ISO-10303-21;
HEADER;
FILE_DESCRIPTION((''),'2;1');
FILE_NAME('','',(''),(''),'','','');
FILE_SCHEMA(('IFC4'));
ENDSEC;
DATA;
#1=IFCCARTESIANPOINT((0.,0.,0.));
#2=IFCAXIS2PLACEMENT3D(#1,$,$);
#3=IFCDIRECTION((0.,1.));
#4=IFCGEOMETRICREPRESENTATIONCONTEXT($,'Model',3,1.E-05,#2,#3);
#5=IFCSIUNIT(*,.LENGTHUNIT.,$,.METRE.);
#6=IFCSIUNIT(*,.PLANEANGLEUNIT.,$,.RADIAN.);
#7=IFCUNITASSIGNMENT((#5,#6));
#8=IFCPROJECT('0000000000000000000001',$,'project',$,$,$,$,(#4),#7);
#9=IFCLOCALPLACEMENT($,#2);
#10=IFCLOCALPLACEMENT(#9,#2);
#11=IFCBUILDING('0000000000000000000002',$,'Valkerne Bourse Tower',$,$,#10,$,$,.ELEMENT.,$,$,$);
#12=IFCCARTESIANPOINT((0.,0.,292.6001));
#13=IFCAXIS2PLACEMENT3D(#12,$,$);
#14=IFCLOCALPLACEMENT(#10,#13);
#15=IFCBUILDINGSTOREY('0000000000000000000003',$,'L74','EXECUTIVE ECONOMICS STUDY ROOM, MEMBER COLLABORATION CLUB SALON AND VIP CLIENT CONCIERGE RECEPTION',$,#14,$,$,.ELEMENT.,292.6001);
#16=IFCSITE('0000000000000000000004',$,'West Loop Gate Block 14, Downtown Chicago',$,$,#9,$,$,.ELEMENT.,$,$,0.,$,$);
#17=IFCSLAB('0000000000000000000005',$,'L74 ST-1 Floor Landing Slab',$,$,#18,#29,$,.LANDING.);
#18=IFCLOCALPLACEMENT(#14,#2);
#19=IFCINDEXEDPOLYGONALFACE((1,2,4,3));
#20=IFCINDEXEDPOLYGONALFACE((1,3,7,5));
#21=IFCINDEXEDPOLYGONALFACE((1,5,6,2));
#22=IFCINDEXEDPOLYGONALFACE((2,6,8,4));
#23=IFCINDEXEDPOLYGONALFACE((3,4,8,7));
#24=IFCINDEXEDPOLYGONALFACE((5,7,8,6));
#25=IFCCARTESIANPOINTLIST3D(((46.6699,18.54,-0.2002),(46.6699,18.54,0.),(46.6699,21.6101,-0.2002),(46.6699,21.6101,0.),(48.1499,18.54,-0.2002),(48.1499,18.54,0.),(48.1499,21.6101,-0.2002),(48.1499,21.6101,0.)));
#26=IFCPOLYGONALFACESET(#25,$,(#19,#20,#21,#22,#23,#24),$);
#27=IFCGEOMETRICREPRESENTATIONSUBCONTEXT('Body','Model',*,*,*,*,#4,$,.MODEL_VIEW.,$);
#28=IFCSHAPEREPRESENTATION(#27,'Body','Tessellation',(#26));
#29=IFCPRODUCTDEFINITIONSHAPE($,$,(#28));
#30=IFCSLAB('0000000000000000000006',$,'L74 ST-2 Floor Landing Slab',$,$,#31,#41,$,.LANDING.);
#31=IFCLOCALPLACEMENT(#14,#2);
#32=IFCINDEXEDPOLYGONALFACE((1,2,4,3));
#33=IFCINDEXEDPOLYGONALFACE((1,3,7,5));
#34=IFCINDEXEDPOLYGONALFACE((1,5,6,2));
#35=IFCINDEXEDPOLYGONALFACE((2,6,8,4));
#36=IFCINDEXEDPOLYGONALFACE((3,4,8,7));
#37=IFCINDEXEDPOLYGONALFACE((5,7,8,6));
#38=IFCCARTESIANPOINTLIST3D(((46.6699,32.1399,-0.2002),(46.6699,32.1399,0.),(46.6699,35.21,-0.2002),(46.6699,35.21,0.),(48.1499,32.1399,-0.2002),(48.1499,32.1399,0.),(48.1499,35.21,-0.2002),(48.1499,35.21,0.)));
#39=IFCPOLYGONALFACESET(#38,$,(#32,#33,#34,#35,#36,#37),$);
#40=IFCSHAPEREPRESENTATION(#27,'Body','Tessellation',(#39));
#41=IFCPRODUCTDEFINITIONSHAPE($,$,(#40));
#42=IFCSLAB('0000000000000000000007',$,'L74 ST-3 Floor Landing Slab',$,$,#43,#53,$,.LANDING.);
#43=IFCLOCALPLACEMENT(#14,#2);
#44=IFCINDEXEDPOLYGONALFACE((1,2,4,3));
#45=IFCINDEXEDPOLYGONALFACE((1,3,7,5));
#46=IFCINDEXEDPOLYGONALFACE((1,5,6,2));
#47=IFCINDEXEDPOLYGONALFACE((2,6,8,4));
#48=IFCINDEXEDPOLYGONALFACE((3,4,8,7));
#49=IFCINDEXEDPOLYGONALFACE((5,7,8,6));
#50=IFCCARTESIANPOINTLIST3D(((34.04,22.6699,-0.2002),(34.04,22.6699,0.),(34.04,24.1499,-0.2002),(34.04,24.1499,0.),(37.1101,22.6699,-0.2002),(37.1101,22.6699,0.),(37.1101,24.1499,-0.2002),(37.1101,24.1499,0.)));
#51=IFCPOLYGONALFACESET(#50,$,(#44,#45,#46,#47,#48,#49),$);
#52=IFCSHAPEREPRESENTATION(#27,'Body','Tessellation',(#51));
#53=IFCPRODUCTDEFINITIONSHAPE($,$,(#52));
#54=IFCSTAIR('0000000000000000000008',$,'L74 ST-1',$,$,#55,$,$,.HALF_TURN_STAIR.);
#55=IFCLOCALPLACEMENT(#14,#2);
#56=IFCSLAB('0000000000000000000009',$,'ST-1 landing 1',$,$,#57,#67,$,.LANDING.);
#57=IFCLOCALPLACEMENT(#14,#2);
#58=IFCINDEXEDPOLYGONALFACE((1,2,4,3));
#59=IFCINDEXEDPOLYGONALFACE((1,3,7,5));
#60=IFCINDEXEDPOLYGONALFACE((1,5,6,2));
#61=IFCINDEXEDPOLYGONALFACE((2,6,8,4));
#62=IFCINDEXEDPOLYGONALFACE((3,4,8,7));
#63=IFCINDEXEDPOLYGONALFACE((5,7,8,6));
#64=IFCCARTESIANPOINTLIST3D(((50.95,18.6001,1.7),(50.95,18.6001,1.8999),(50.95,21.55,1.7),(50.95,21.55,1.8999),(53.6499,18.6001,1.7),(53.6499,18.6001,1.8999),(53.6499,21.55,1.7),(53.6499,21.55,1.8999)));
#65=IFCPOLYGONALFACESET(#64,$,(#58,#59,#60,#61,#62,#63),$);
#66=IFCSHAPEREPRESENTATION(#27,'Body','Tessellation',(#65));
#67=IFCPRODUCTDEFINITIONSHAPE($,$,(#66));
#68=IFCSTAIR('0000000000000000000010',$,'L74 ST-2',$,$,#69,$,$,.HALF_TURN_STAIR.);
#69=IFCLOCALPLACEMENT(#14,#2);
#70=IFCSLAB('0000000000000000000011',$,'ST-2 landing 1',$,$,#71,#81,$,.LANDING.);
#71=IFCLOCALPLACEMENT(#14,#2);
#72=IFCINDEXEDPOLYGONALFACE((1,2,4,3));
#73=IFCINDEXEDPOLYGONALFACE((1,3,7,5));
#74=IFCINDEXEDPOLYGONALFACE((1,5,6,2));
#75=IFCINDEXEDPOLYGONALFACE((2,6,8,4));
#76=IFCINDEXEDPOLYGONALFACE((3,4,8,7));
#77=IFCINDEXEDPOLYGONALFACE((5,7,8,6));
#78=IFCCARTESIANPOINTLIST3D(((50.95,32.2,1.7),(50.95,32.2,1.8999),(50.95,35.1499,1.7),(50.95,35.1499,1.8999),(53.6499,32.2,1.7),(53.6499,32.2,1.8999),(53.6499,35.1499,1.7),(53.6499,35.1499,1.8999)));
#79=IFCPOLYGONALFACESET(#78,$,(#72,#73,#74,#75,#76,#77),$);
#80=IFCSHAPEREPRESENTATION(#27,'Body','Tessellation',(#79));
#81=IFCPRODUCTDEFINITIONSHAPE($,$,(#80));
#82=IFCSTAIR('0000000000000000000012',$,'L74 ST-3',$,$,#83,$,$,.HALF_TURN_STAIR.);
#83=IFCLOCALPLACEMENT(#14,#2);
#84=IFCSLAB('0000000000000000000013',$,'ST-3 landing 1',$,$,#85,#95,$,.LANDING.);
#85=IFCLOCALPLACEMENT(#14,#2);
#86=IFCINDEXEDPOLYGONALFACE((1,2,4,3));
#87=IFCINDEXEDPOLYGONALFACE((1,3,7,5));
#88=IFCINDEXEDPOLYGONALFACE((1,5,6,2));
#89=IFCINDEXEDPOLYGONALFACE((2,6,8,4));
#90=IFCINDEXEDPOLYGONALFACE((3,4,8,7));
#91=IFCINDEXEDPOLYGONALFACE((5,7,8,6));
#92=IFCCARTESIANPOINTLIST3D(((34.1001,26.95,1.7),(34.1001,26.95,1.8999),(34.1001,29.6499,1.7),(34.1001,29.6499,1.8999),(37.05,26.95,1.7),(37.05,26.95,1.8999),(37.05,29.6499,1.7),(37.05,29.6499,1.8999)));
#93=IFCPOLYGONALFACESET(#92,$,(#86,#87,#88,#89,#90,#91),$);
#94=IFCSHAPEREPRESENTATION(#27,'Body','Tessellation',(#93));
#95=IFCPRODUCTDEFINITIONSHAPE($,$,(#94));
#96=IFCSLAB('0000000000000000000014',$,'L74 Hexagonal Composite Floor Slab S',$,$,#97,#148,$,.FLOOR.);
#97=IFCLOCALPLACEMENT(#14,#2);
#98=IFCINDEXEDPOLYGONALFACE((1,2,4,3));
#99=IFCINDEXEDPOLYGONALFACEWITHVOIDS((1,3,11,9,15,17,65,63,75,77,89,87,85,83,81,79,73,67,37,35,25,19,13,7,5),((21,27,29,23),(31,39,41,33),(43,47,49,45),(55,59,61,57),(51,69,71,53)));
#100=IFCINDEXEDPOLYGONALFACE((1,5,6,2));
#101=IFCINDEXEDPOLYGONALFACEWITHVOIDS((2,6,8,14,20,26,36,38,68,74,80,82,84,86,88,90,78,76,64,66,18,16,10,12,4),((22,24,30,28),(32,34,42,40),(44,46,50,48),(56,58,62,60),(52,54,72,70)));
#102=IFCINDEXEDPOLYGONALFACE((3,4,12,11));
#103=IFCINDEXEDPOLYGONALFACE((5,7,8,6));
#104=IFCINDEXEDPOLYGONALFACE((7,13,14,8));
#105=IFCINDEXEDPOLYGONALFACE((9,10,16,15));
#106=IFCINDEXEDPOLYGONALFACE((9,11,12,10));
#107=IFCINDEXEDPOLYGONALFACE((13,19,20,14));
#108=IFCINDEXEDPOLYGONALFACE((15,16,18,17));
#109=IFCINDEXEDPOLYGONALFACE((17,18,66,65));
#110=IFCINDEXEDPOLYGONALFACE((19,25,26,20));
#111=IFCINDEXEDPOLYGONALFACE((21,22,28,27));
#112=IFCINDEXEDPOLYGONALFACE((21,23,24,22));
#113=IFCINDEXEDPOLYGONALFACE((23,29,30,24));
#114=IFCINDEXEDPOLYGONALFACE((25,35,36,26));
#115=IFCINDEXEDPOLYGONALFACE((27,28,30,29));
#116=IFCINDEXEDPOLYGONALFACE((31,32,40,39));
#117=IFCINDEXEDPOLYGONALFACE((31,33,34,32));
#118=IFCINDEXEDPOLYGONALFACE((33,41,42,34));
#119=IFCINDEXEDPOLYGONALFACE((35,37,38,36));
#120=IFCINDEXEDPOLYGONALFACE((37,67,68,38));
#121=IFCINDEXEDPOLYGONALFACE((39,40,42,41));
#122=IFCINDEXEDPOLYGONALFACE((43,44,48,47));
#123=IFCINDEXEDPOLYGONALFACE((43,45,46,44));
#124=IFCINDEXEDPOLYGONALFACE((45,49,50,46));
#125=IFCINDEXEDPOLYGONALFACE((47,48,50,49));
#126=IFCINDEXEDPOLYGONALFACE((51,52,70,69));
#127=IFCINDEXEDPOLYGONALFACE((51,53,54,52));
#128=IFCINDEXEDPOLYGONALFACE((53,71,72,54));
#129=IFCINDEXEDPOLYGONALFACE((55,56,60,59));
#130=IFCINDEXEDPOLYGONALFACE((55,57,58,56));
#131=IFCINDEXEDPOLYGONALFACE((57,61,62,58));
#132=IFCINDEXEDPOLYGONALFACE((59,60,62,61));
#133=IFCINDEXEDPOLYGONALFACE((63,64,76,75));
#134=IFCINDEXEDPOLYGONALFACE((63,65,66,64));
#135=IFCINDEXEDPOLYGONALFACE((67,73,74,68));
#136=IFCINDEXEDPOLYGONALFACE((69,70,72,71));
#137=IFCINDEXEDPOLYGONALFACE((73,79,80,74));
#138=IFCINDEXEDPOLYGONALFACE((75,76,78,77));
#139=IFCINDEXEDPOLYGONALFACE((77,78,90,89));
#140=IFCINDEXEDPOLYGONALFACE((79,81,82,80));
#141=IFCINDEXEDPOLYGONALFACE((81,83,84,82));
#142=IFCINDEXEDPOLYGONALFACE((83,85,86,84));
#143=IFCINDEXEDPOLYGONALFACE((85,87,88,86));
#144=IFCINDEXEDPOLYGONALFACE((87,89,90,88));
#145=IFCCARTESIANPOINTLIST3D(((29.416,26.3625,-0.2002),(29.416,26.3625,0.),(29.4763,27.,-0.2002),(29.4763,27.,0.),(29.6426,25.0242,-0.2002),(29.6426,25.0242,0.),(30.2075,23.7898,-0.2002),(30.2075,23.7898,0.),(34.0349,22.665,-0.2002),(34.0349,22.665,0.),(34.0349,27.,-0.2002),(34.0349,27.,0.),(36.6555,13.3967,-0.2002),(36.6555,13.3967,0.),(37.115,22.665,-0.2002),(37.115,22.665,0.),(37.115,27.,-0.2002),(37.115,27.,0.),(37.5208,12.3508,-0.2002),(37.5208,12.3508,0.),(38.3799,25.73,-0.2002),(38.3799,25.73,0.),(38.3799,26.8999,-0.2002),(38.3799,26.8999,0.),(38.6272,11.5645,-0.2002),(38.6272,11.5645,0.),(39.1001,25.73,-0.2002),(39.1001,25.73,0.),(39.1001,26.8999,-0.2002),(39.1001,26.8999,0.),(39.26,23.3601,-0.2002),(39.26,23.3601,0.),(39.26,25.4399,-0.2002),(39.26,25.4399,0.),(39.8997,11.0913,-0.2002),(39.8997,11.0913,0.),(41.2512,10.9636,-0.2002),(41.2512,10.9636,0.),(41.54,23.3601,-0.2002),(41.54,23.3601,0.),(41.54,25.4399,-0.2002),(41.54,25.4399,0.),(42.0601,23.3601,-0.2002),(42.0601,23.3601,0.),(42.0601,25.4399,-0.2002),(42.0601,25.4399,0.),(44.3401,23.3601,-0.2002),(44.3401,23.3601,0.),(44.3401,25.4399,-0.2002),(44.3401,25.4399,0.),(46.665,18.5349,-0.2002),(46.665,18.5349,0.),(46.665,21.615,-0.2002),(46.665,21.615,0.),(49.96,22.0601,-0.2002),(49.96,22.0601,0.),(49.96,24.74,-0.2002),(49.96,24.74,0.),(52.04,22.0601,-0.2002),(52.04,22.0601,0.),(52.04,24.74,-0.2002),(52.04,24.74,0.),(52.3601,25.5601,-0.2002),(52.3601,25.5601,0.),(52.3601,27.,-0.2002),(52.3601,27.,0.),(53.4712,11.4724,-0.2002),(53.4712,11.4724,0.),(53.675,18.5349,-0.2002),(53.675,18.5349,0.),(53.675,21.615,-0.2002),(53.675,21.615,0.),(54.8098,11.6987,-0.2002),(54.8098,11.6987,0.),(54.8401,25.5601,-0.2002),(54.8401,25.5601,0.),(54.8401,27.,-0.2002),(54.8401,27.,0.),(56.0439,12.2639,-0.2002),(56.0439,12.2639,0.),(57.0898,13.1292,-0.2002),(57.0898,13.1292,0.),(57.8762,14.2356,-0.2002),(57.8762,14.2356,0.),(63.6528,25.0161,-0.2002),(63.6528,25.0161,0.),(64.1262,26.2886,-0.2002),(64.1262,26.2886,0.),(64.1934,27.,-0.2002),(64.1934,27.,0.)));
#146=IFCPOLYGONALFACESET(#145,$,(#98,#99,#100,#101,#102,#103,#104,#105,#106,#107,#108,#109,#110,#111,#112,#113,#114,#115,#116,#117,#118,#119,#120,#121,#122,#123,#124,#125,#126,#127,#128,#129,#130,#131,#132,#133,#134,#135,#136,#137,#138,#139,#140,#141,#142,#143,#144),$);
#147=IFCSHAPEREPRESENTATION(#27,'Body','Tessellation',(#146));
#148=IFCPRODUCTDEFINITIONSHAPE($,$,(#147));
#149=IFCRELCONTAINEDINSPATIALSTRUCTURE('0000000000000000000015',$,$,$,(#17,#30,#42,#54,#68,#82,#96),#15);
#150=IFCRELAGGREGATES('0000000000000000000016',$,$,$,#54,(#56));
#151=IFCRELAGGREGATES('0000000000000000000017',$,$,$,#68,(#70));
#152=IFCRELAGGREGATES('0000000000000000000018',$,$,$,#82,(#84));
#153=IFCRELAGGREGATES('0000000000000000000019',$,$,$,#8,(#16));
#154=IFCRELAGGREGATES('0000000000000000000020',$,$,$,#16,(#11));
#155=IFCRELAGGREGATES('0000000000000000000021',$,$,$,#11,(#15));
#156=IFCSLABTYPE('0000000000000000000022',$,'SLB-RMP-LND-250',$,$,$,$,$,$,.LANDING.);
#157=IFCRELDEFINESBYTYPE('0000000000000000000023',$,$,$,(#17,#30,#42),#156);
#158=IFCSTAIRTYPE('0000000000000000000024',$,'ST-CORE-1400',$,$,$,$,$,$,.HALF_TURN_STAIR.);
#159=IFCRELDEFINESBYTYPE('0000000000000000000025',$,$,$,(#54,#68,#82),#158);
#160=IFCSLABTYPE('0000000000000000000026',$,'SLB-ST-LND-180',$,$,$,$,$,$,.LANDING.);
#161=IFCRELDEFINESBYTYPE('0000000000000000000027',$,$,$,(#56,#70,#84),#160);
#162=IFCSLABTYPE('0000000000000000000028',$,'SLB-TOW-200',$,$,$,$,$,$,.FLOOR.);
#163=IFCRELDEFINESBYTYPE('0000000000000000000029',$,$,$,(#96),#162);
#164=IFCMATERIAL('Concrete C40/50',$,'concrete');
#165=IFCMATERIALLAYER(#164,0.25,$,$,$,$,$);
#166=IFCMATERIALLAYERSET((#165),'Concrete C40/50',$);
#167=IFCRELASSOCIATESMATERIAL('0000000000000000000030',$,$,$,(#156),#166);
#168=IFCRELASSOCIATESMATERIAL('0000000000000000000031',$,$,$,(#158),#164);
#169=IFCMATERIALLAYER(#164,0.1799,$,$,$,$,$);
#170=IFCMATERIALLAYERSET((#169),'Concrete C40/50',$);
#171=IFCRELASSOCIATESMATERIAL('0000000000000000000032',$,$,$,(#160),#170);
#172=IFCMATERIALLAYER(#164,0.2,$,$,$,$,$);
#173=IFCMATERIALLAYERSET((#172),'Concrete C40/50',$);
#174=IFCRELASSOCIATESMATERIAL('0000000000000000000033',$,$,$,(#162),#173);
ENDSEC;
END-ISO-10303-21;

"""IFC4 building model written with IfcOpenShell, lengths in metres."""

from ifc_helpers import new_model, si_unit, direction, frame, origin, place, context, subcontext, project, spatial, polyline, outline, extrude, material, layer, layer_set, type_object, element, aggregate, save


model = new_model("IFC4")

# Units and contexts
model_context = context("Model", 3, precision=1e-05, world=origin(), true_north=direction((0.0, 1.0)))
body_context = subcontext(model_context, "Body", "Model", "MODEL_VIEW")
ifc_project = project(units=[si_unit("LENGTHUNIT", "METRE"), si_unit("PLANEANGLEUNIT", "RADIAN")], contexts=[model_context])

# Site, building, storey
site_placement = place(None, origin())
site = spatial("IfcSite", under=ifc_project, at=site_placement, Name="West Loop Gate Block 14, Downtown Chicago", CompositionType="ELEMENT", RefElevation=0.0)
building_placement = place(site_placement, origin())
building = spatial("IfcBuilding", under=site, at=building_placement, Name="Valkerne Bourse Tower", CompositionType="ELEMENT")
storey_placement = place(building_placement, frame((0.0, 0.0, 292.6001)))
storey = spatial("IfcBuildingStorey", under=building, at=storey_placement, Name="L74", Description="EXECUTIVE ECONOMICS STUDY ROOM, MEMBER COLLABORATION CLUB SALON AND VIP CLIENT CONCIERGE RECEPTION", CompositionType="ELEMENT", Elevation=292.6001)

# Slabs
ifc_material_1 = material(Name="Concrete C40/50", Category="concrete")
ifc_layer_1 = layer(ifc_material_1, 0.25)
ifc_layer_set_1 = layer_set([ifc_layer_1], Name="Concrete C40/50")
slab_type_1 = type_object("IfcSlabType", Name="SLB-RMP-LND-250", PredefinedType="LANDING", material=ifc_layer_set_1)
slab_1_placement = place(storey_placement, frame((0.0, 0.0, -0.2002)))
element("IfcSlab", 1, at=slab_1_placement, inside=storey, type_object=slab_type_1, Name="L74 ST-1 Floor Landing Slab", PredefinedType="LANDING", context=body_context, shape_type="SweptSolid", body=[
    extrude(outline(polyline([(46.6699, 18.54), (48.1499, 18.54), (48.1499, 21.6101), (46.6699, 21.6101), (46.6699, 18.54)])), origin(), (0.0, 0.0, 1.0), 0.2002),
])
slab_2_placement = place(storey_placement, frame((0.0, 0.0, -0.2002)))
element("IfcSlab", 2, at=slab_2_placement, inside=storey, type_object=slab_type_1, Name="L74 ST-2 Floor Landing Slab", PredefinedType="LANDING", context=body_context, shape_type="SweptSolid", body=[
    extrude(outline(polyline([(46.6699, 32.1399), (48.1499, 32.1399), (48.1499, 35.21), (46.6699, 35.21), (46.6699, 32.1399)])), origin(), (0.0, 0.0, 1.0), 0.2002),
])
slab_3_placement = place(storey_placement, frame((0.0, 0.0, -0.2002)))
element("IfcSlab", 3, at=slab_3_placement, inside=storey, type_object=slab_type_1, Name="L74 ST-3 Floor Landing Slab", PredefinedType="LANDING", context=body_context, shape_type="SweptSolid", body=[
    extrude(outline(polyline([(37.1101, 22.6699), (37.1101, 24.1499), (34.04, 24.1499), (34.04, 22.6699), (37.1101, 22.6699)])), origin(), (0.0, 0.0, 1.0), 0.2002),
])

# Stairs, slabs
stair_type = type_object("IfcStairType", Name="ST-CORE-1400", PredefinedType="HALF_TURN_STAIR", material=ifc_material_1)
stair_1_placement = place(storey_placement, origin())
stair_1 = element("IfcStair", 4, at=stair_1_placement, inside=storey, type_object=stair_type, Name="L74 ST-1", PredefinedType="HALF_TURN_STAIR")
ifc_layer_2 = layer(ifc_material_1, 0.1799)
ifc_layer_set_2 = layer_set([ifc_layer_2], Name="Concrete C40/50")
slab_type_2 = type_object("IfcSlabType", Name="SLB-ST-LND-180", PredefinedType="LANDING", material=ifc_layer_set_2)
slab_4_placement = place(storey_placement, frame((0.0, 0.0, 1.7)))
slab_4 = element("IfcSlab", 5, at=slab_4_placement, type_object=slab_type_2, Name="ST-1 landing 1", PredefinedType="LANDING", context=body_context, shape_type="SweptSolid", body=[
    extrude(outline(polyline([(50.95, 18.6001), (53.6499, 18.6001), (53.6499, 21.55), (50.95, 21.55), (50.95, 18.6001)])), origin(), (0.0, 0.0, 1.0), 0.2),
])
aggregate(stair_1, [slab_4])
stair_2_placement = place(storey_placement, origin())
stair_2 = element("IfcStair", 6, at=stair_2_placement, inside=storey, type_object=stair_type, Name="L74 ST-2", PredefinedType="HALF_TURN_STAIR")
slab_5_placement = place(storey_placement, frame((0.0, 0.0, 1.7)))
slab_5 = element("IfcSlab", 7, at=slab_5_placement, type_object=slab_type_2, Name="ST-2 landing 1", PredefinedType="LANDING", context=body_context, shape_type="SweptSolid", body=[
    extrude(outline(polyline([(50.95, 32.2), (53.6499, 32.2), (53.6499, 35.1499), (50.95, 35.1499), (50.95, 32.2)])), origin(), (0.0, 0.0, 1.0), 0.2),
])
aggregate(stair_2, [slab_5])
stair_3_placement = place(storey_placement, origin())
stair_3 = element("IfcStair", 8, at=stair_3_placement, inside=storey, type_object=stair_type, Name="L74 ST-3", PredefinedType="HALF_TURN_STAIR")
slab_6_placement = place(storey_placement, frame((0.0, 0.0, 1.7)))
slab_6 = element("IfcSlab", 9, at=slab_6_placement, type_object=slab_type_2, Name="ST-3 landing 1", PredefinedType="LANDING", context=body_context, shape_type="SweptSolid", body=[
    extrude(outline(polyline([(37.05, 26.95), (37.05, 29.6499), (34.1001, 29.6499), (34.1001, 26.95), (37.05, 26.95)])), origin(), (0.0, 0.0, 1.0), 0.2),
])
aggregate(stair_3, [slab_6])

# Slab
ifc_layer_3 = layer(ifc_material_1, 0.2)
ifc_layer_set_3 = layer_set([ifc_layer_3], Name="Concrete C40/50")
slab_type_3 = type_object("IfcSlabType", Name="SLB-TOW-200", PredefinedType="FLOOR", material=ifc_layer_set_3)
slab_7_placement = place(storey_placement, frame((0.0, 0.0, -0.2002)))
element("IfcSlab", 10, at=slab_7_placement, inside=storey, type_object=slab_type_3, Name="L74 Hexagonal Composite Floor Slab S", PredefinedType="FLOOR", context=body_context, shape_type="SweptSolid", body=[
    extrude(outline(polyline([(64.1262, 26.2886), (63.6528, 25.0161), (57.8762, 14.2356), (57.0898, 13.1292), (56.0439, 12.2639), (54.8098, 11.6987), (53.4712, 11.4724), (41.2512, 10.9636), (39.8997, 11.0913), (38.6272, 11.5645), (37.5208, 12.3508), (36.6555, 13.3967), (30.2075, 23.7898), (29.6426, 25.0242), (29.416, 26.3625), (29.4763, 27.0), (34.0349, 27.0), (34.0349, 22.665), (37.115, 22.665), (37.115, 27.0), (52.3601, 27.0), (52.3601, 25.5601), (54.8401, 25.5601), (54.8401, 27.0), (64.1934, 27.0), (64.1262, 26.2886)]), holes=[polyline([(39.26, 25.4399), (39.26, 23.3601), (41.54, 23.3601), (41.54, 25.4399), (39.26, 25.4399)]), polyline([(44.3401, 25.4399), (42.0601, 25.4399), (42.0601, 23.3601), (44.3401, 23.3601), (44.3401, 25.4399)]), polyline([(38.3799, 26.8999), (38.3799, 25.73), (39.1001, 25.73), (39.1001, 26.8999), (38.3799, 26.8999)]), polyline([(46.665, 21.615), (46.665, 18.5349), (53.675, 18.5349), (53.675, 21.615), (46.665, 21.615)]), polyline([(52.04, 24.74), (49.96, 24.74), (49.96, 22.0601), (52.04, 22.0601), (52.04, 24.74)])]), origin(), (0.0, 0.0, 1.0), 0.2002),
])

save(model, "model.ifc")
